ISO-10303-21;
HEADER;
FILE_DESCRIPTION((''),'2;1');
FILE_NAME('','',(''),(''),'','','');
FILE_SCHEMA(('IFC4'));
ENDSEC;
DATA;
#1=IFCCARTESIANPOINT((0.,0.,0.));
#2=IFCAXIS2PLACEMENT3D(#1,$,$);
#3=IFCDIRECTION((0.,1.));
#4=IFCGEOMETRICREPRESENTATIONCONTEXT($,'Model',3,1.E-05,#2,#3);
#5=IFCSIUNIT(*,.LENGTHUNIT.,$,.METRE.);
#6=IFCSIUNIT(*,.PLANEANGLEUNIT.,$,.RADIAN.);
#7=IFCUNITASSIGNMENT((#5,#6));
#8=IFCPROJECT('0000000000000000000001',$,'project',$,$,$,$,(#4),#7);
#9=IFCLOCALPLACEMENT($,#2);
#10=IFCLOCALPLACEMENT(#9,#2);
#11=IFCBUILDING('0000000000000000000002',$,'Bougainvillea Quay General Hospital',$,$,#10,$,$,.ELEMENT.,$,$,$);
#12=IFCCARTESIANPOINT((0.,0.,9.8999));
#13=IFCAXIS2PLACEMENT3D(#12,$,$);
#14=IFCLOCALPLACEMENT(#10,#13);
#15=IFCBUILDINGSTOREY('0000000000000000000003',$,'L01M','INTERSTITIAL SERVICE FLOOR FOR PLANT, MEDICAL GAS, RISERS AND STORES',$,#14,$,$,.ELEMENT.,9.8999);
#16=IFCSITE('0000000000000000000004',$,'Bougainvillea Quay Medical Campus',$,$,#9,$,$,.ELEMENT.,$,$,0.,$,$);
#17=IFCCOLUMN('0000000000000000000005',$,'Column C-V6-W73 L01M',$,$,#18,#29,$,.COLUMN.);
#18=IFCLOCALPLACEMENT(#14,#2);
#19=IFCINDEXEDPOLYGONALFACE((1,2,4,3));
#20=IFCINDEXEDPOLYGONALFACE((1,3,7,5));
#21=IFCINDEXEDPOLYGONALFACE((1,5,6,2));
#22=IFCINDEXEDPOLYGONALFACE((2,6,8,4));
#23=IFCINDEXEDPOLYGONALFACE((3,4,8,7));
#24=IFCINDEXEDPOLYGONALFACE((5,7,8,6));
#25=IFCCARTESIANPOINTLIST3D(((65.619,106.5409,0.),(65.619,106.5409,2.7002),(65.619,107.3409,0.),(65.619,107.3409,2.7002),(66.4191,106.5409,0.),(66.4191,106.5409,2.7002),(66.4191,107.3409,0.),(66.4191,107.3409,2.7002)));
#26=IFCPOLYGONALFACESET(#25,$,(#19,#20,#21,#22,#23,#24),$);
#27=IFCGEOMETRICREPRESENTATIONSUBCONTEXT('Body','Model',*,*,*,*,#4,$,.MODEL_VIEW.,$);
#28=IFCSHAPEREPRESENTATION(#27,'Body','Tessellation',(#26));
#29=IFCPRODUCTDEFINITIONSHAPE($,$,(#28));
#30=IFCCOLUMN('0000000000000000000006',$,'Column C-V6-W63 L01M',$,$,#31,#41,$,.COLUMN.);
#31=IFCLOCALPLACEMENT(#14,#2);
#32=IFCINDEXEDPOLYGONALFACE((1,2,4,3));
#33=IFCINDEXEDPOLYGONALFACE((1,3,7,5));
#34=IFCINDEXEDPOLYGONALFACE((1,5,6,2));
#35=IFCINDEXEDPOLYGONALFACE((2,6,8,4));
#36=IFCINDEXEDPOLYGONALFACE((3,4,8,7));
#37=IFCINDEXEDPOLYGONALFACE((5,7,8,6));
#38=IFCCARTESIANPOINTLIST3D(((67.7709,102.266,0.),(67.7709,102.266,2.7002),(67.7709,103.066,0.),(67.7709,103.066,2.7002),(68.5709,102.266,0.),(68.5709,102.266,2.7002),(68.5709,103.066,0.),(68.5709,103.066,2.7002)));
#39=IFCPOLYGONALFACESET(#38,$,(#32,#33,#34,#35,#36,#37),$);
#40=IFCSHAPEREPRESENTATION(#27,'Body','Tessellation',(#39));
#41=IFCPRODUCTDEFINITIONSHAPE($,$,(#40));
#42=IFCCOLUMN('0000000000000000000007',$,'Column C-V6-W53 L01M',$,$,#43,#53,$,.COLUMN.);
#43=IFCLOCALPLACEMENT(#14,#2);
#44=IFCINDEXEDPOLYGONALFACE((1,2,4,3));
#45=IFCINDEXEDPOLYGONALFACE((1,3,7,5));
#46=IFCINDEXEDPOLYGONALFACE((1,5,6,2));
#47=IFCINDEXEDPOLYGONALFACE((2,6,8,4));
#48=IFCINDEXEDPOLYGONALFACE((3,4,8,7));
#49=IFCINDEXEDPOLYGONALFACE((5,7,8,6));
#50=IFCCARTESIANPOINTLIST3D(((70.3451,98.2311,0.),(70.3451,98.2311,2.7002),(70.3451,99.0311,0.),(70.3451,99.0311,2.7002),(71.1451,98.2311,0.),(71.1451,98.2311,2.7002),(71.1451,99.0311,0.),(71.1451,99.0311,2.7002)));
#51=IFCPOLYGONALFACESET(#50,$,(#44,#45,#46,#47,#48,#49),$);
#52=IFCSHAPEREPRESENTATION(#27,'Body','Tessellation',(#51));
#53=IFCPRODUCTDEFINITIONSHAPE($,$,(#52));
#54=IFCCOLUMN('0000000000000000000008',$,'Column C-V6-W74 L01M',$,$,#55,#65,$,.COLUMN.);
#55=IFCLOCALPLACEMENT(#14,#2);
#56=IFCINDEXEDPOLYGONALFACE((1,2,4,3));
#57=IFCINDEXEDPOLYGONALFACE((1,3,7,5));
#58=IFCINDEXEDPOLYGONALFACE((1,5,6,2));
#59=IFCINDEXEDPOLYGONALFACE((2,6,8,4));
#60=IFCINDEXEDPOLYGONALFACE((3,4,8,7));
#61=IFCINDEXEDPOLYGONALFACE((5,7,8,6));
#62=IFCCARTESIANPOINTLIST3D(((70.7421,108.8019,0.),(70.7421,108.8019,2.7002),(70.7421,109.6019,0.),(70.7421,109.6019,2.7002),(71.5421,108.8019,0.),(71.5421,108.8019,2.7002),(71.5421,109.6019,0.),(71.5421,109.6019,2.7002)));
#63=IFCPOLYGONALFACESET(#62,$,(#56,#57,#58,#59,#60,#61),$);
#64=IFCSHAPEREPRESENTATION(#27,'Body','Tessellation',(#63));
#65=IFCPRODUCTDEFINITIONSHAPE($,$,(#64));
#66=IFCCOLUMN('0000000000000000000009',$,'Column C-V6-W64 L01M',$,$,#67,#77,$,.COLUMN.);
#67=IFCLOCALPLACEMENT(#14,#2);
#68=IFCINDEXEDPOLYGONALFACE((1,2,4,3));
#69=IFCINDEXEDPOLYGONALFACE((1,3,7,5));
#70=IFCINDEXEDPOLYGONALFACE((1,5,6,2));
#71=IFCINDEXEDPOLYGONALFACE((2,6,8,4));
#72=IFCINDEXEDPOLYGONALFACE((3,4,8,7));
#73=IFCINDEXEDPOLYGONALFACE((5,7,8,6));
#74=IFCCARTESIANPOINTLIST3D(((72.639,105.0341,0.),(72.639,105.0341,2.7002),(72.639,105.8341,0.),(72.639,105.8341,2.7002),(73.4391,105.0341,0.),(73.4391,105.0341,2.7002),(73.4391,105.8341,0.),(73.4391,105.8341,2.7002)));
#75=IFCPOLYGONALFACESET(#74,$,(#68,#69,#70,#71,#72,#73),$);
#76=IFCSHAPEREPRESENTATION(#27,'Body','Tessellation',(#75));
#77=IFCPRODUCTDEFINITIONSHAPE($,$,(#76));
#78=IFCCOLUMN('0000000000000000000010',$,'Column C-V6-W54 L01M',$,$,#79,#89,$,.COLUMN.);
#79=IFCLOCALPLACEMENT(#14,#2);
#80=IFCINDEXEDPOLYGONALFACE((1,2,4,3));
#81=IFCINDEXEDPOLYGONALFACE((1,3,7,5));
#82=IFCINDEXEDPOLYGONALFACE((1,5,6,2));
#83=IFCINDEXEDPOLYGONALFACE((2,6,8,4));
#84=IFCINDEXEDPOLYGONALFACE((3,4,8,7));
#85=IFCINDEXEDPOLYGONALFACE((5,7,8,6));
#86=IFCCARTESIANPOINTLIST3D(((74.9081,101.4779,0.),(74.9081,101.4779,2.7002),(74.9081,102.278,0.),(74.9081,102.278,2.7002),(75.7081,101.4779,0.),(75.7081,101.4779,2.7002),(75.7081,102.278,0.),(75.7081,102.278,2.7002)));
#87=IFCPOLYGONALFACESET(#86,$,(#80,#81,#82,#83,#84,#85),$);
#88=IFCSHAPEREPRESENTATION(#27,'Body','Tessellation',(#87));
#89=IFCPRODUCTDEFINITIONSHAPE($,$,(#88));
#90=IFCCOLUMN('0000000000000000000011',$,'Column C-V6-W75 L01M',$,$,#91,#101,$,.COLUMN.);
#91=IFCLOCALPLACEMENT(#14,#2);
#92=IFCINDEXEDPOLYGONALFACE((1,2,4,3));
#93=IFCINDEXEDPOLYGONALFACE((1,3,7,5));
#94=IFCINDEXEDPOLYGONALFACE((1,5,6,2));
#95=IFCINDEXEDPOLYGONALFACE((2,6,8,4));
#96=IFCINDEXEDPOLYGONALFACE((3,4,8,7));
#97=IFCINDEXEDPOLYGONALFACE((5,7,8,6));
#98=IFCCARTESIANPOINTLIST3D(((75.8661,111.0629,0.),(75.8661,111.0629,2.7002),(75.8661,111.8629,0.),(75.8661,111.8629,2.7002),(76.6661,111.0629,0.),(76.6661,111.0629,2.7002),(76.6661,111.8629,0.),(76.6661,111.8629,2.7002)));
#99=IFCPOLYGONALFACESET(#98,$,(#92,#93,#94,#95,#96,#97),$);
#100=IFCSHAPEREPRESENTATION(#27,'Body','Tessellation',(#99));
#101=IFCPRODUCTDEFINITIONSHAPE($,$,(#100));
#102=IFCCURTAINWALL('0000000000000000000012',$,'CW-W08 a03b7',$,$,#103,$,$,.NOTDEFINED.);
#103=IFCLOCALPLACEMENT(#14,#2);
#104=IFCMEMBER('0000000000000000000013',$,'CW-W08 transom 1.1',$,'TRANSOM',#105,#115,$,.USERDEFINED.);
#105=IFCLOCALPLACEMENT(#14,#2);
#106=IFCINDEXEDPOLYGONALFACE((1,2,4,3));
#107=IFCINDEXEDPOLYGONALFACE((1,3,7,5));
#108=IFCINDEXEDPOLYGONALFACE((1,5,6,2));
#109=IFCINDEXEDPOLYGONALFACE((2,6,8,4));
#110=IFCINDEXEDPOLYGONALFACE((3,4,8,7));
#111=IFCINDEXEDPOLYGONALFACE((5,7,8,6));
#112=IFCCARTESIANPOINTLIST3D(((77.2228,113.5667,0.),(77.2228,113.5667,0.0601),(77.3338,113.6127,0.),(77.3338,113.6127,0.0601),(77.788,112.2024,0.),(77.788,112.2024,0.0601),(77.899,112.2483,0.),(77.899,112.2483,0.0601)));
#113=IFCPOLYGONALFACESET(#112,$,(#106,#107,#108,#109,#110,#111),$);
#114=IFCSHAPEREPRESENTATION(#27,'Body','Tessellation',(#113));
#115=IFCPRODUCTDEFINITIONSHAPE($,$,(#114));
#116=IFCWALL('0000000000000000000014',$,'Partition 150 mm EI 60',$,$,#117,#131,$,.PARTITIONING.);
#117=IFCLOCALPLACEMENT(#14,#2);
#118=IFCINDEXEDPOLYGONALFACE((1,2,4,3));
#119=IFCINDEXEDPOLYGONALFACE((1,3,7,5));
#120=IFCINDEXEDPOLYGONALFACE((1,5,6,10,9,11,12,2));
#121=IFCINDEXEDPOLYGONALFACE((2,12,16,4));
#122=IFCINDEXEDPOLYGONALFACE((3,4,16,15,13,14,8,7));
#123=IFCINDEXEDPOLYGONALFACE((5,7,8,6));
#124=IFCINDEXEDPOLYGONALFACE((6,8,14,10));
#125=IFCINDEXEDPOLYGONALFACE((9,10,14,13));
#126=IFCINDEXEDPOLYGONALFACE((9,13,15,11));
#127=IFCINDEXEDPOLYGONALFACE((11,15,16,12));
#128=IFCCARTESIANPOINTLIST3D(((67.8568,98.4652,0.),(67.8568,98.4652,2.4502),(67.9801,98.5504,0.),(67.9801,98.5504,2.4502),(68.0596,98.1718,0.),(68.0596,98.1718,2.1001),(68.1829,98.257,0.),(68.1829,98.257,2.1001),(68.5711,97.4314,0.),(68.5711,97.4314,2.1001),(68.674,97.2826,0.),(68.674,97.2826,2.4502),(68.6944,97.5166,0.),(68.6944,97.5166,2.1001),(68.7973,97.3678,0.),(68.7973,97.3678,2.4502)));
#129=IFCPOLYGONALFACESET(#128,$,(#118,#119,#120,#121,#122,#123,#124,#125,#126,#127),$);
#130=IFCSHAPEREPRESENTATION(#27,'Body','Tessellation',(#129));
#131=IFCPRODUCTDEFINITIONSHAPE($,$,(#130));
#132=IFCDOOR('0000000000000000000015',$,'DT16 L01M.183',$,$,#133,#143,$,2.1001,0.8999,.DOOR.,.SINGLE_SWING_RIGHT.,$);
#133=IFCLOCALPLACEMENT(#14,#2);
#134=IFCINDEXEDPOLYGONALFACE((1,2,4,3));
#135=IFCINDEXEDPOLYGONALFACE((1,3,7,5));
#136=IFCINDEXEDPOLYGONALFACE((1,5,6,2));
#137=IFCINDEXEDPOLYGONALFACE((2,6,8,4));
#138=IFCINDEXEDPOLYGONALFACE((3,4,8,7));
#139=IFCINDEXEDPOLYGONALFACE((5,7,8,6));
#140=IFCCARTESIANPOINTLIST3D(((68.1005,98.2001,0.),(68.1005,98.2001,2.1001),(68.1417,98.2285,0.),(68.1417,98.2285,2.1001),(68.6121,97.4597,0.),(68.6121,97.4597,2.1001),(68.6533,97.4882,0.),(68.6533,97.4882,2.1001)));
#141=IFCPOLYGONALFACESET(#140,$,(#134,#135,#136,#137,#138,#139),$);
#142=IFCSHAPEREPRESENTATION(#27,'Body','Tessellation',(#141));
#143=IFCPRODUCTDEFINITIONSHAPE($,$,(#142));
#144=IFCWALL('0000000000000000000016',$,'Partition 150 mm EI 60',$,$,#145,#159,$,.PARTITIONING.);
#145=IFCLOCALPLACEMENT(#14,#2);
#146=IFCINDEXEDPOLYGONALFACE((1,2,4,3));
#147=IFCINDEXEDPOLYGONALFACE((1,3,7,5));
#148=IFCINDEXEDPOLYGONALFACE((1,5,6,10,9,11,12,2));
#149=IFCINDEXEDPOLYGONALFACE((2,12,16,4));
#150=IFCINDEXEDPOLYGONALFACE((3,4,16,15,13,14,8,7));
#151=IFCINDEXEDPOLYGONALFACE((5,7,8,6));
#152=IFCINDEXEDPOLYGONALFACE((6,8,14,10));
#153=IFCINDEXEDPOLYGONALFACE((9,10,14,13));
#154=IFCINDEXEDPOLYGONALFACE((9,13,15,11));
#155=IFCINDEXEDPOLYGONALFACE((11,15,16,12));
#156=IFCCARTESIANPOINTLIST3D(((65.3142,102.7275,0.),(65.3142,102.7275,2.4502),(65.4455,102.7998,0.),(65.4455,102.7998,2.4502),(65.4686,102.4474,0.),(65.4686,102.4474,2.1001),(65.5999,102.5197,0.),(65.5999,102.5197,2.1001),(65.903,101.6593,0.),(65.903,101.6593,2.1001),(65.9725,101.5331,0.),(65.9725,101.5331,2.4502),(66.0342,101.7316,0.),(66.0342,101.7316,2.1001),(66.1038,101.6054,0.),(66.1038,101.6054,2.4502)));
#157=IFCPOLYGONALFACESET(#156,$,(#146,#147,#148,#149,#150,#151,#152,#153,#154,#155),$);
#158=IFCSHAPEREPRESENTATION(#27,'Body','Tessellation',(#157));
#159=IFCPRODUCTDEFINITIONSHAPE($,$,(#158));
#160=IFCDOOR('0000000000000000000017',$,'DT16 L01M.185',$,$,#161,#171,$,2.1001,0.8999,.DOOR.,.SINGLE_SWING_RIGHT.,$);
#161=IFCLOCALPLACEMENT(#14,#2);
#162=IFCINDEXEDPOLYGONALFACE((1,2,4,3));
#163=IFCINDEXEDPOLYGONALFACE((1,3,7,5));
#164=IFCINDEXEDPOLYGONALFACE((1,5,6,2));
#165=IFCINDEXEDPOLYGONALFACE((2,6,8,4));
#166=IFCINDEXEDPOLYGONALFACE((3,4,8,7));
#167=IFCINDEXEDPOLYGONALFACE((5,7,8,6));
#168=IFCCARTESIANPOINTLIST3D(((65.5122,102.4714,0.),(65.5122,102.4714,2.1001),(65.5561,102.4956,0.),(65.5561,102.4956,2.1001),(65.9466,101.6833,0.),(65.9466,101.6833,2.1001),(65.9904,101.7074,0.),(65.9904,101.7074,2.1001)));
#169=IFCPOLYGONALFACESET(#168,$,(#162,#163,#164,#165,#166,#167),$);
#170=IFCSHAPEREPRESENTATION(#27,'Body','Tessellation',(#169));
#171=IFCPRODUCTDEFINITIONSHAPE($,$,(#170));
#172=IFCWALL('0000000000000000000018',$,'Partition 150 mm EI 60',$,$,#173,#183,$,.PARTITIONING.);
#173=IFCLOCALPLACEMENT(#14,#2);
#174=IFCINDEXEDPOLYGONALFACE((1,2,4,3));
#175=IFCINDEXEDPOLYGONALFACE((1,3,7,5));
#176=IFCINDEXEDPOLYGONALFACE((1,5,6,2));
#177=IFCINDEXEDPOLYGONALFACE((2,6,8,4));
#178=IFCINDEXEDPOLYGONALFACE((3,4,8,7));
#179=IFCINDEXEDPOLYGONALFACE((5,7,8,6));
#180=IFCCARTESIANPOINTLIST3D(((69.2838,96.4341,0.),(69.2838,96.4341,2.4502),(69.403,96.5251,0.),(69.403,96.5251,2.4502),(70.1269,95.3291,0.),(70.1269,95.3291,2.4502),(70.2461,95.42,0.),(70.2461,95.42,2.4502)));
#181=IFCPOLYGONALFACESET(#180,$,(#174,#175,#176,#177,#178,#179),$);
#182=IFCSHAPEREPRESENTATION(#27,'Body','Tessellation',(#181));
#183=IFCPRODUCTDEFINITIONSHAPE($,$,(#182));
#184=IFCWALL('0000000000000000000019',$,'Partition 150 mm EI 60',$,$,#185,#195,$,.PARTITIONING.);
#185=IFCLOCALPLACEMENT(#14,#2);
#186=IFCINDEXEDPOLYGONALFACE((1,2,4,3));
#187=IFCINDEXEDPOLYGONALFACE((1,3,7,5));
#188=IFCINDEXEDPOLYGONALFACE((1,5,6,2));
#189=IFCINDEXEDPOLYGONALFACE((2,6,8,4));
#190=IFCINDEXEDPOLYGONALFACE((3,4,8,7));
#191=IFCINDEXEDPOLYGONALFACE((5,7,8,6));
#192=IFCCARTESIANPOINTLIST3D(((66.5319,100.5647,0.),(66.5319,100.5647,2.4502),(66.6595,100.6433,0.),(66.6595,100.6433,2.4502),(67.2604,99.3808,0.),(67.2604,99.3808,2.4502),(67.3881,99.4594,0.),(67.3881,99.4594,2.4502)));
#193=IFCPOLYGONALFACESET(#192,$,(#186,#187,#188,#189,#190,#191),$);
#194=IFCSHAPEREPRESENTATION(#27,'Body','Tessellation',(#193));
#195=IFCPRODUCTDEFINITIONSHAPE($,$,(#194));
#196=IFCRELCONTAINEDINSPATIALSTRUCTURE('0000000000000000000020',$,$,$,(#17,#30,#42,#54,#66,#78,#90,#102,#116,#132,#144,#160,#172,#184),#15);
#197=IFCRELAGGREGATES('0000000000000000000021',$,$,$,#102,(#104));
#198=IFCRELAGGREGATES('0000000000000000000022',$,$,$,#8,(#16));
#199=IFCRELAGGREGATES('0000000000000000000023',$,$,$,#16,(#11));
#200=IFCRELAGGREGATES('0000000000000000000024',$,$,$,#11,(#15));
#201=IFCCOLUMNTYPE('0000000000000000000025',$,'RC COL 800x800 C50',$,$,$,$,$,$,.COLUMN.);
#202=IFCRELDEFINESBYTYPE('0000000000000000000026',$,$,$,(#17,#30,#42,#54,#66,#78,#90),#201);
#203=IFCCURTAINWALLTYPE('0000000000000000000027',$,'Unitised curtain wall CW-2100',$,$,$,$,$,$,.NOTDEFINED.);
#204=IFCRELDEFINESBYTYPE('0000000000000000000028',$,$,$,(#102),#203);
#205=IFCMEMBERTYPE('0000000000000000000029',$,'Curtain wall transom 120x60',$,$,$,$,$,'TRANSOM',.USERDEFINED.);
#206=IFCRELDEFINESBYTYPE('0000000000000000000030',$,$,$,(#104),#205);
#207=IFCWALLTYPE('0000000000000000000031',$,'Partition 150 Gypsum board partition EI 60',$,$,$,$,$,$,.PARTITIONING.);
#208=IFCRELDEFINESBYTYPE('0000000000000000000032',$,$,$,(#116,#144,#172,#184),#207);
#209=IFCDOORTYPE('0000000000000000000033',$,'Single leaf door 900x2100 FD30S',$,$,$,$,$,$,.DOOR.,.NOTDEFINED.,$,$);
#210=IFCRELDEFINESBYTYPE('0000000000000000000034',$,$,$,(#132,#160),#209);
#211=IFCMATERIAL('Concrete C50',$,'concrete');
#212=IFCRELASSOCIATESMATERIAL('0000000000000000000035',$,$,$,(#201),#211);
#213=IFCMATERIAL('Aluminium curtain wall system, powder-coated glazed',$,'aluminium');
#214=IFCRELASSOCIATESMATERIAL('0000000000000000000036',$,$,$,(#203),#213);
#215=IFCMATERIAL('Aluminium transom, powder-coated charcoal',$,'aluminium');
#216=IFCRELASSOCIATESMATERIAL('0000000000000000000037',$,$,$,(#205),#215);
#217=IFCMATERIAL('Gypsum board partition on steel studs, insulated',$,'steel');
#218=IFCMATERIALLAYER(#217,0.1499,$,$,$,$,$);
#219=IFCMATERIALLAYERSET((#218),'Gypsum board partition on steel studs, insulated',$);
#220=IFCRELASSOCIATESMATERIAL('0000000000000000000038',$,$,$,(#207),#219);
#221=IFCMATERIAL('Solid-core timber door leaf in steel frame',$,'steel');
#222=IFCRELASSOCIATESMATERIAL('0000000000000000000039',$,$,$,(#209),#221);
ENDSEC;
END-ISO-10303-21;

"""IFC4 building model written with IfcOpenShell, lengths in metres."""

from ifc_helpers import new_model, si_unit, direction, frame, frame_2d, origin, origin_2d, place, context, subcontext, project, spatial, rectangle, extrude, material, layer, layer_set, material_profile, profile_set, type_object, element, fill, aggregate, save


model = new_model("IFC4")

# Units and contexts
model_context = context("Model", 3, precision=1e-05, world=origin(), true_north=direction((0.0, 1.0)))
body_context = subcontext(model_context, "Body", "Model", "MODEL_VIEW")
ifc_project = project(units=[si_unit("LENGTHUNIT", "METRE"), si_unit("PLANEANGLEUNIT", "RADIAN")], contexts=[model_context])

# Site, building, storey
site_placement = place(None, origin())
site = spatial("IfcSite", under=ifc_project, at=site_placement, Name="Bougainvillea Quay Medical Campus", CompositionType="ELEMENT", RefElevation=0.0)
building_placement = place(site_placement, origin())
building = spatial("IfcBuilding", under=site, at=building_placement, Name="Bougainvillea Quay General Hospital", CompositionType="ELEMENT")
storey_placement = place(building_placement, frame((0.0, 0.0, 9.8999)))
storey = spatial("IfcBuildingStorey", under=building, at=storey_placement, Name="L01M", Description="INTERSTITIAL SERVICE FLOOR FOR PLANT, MEDICAL GAS, RISERS AND STORES", CompositionType="ELEMENT", Elevation=9.8999)

# Columns
ifc_material_1 = material(Name="Concrete C50", Category="concrete")
ifc_material_profile_1 = material_profile(ifc_material_1, rectangle(XDim=0.8, YDim=0.8, at=origin_2d()))
ifc_profile_set_1 = profile_set([ifc_material_profile_1], Name="Concrete C50")
column_type = type_object("IfcColumnType", Name="RC COL 800x800 C50", PredefinedType="COLUMN", material=ifc_profile_set_1)
for number, where, z_axis, x_axis, name in (
    (1, (66.019, 106.9409, 0.0), (0.0, 0.0, 1.0), (1.0, 0.0, 0.0), "Column C-V6-W73 L01M"),
    (2, (68.1709, 102.666, 0.0), (0.0, 0.0, 1.0), (1.0, 0.0, 0.0), "Column C-V6-W63 L01M"),
    (3, (70.7451, 98.6311, 0.0), (0.0, 0.0, 1.0), (1.0, 0.0, 0.0), "Column C-V6-W53 L01M"),
    (4, (71.1421, 109.2019, 0.0), (0.0, 0.0, 1.0), (1.0, 0.0, 0.0), "Column C-V6-W74 L01M"),
    (5, (73.0391, 105.4341, 0.0), (0.0, 0.0, 1.0), (1.0, 0.0, 0.0), "Column C-V6-W64 L01M"),
    (6, (75.3081, 101.8779, 0.0), (0.0, 0.0, 1.0), (1.0, 0.0, 0.0), "Column C-V6-W54 L01M"),
    (7, (76.2661, 111.4629, 0.0), (0.0, 0.0, 1.0), (1.0, 0.0, 0.0), "Column C-V6-W75 L01M"),
):
    element("IfcColumn", number, at=place(storey_placement, frame(where, z_axis=z_axis, x_axis=x_axis)), inside=storey, type_object=column_type, Name=name, PredefinedType="COLUMN", context=body_context, shape_type="SweptSolid", body=[
        extrude(rectangle(XDim=0.8, YDim=0.8, at=origin_2d()), origin(), (0.0, 0.0, 1.0), 2.7002),
    ])

# Curtain wall, member
ifc_material_2 = material(Name="Aluminium curtain wall system, powder-coated glazed", Category="aluminium")
curtain_wall_type = type_object("IfcCurtainWallType", Name="Unitised curtain wall CW-2100", PredefinedType="NOTDEFINED", material=ifc_material_2)
curtain_wall_placement = place(storey_placement, origin())
curtain_wall = element("IfcCurtainWall", 8, at=curtain_wall_placement, inside=storey, type_object=curtain_wall_type, Name="CW-W08 a03b7", PredefinedType="NOTDEFINED")
ifc_material_3 = material(Name="Aluminium transom, powder-coated charcoal", Category="aluminium")
ifc_material_profile_2 = material_profile(ifc_material_3, rectangle(XDim=0.1201, YDim=0.0601, at=origin_2d()))
ifc_profile_set_2 = profile_set([ifc_material_profile_2], Name="Aluminium transom, powder-coated charcoal")
member_type = type_object("IfcMemberType", Name="Curtain wall transom 120x60", ElementType="TRANSOM", PredefinedType="USERDEFINED", material=ifc_profile_set_2)
member_placement = place(storey_placement, frame((77.8435, 112.2253, 0.03), z_axis=(-0.382736, 0.923858, 0.0), x_axis=(-0.923858, -0.382736, 0.0)))
member = element("IfcMember", 9, at=member_placement, type_object=member_type, Name="CW-W08 transom 1.1", ObjectType="TRANSOM", PredefinedType="USERDEFINED", context=body_context, shape_type="SweptSolid", body=[
    extrude(rectangle(XDim=0.1201, YDim=0.0601, at=origin_2d()), origin(), (0.0, 0.0, 1.0), 1.4768),
])
aggregate(curtain_wall, [member])

# Walls, openings, doors
ifc_material_4 = material(Name="Gypsum board partition on steel studs, insulated", Category="steel")
ifc_layer_1 = layer(ifc_material_4, 0.1499)
ifc_layer_set_1 = layer_set([ifc_layer_1], Name="Gypsum board partition on steel studs, insulated")
wall_type_1 = type_object("IfcWallType", Name="Partition 150 Gypsum board partition EI 60", PredefinedType="PARTITIONING", material=ifc_layer_set_1)
wall_1_placement = place(storey_placement, frame((67.9185, 98.5078, 0.0), z_axis=(0.0, 0.0, 1.0), x_axis=(0.568459, -0.822712, 0.0)))
wall_1 = element("IfcWall", 10, at=wall_1_placement, inside=storey, type_object=wall_type_1, Name="Partition 150 mm EI 60", PredefinedType="PARTITIONING", context=body_context, shape_type="SweptSolid", body=[
    extrude(rectangle(XDim=1.4375, YDim=0.1499, at=frame_2d((0.7188, 0.0))), origin(), (0.0, 0.0, 1.0), 2.4502),
])
opening_1_placement = place(wall_1_placement, frame((0.3567, 0.0, 0.0)))
opening_1 = element("IfcOpeningElement", 11, at=opening_1_placement, cuts=wall_1, PredefinedType="OPENING", context=body_context, shape_type="SweptSolid", body=[
    extrude(rectangle(XDim=0.8999, YDim=2.1001, at=frame_2d((0.45, 1.05))), frame((0.0, 0.085, 0.0), z_axis=(0.0, -1.0, 0.0), x_axis=(1.0, 0.0, 0.0)), (0.0, 0.0, 1.0), 0.1699),
])
ifc_material_5 = material(Name="Solid-core timber door leaf in steel frame", Category="steel")
door_type = type_object("IfcDoorType", Name="Single leaf door 900x2100 FD30S", OperationType="NOTDEFINED", PredefinedType="DOOR", material=ifc_material_5)
door_1_placement = place(opening_1_placement, origin())
door_1 = element("IfcDoor", 12, at=door_1_placement, inside=storey, type_object=door_type, Name="DT16 L01M.183", OperationType="SINGLE_SWING_RIGHT", OverallHeight=2.1001, OverallWidth=0.8999, PredefinedType="DOOR", context=body_context, shape_type="SweptSolid", body=[
    extrude(rectangle(XDim=0.8999, YDim=2.1001, at=frame_2d((0.45, 1.05))), frame((0.0, 0.0249, 0.0), z_axis=(0.0, -1.0, 0.0), x_axis=(1.0, 0.0, 0.0)), (0.0, 0.0, 1.0), 0.05),
])
fill(opening_1, door_1)
wall_2_placement = place(storey_placement, frame((65.3799, 102.7637, 0.0), z_axis=(0.0, 0.0, 1.0), x_axis=(0.482661, -0.875807, 0.0)))
wall_2 = element("IfcWall", 13, at=wall_2_placement, inside=storey, type_object=wall_type_1, Name="Partition 150 mm EI 60", PredefinedType="PARTITIONING", context=body_context, shape_type="SweptSolid", body=[
    extrude(rectangle(XDim=1.3638, YDim=0.1499, at=frame_2d((0.6819, 0.0))), origin(), (0.0, 0.0, 1.0), 2.4502),
])
opening_2_placement = place(wall_2_placement, frame((0.3198, 0.0, 0.0)))
opening_2 = element("IfcOpeningElement", 14, at=opening_2_placement, cuts=wall_2, PredefinedType="OPENING", context=body_context, shape_type="SweptSolid", body=[
    extrude(rectangle(XDim=0.8999, YDim=2.1001, at=frame_2d((0.45, 1.05))), frame((0.0, 0.085, 0.0), z_axis=(0.0, -1.0, 0.0), x_axis=(1.0, 0.0, 0.0)), (0.0, 0.0, 1.0), 0.1699),
])
door_2_placement = place(opening_2_placement, origin())
door_2 = element("IfcDoor", 15, at=door_2_placement, inside=storey, type_object=door_type, Name="DT16 L01M.185", OperationType="SINGLE_SWING_RIGHT", OverallHeight=2.1001, OverallWidth=0.8999, PredefinedType="DOOR", context=body_context, shape_type="SweptSolid", body=[
    extrude(rectangle(XDim=0.8999, YDim=2.1001, at=frame_2d((0.45, 1.05))), frame((0.0, 0.0249, 0.0), z_axis=(0.0, -1.0, 0.0), x_axis=(1.0, 0.0, 0.0)), (0.0, 0.0, 1.0), 0.05),
])
fill(opening_2, door_2)

# Walls
wall_3_placement = place(storey_placement, frame((69.3435, 96.4795, 0.0), z_axis=(0.0, 0.0, 1.0), x_axis=(0.606556, -0.79504, 0.0)))
element("IfcWall", 16, at=wall_3_placement, inside=storey, type_object=wall_type_1, Name="Partition 150 mm EI 60", PredefinedType="PARTITIONING", context=body_context, shape_type="SweptSolid", body=[
    extrude(rectangle(XDim=1.3899, YDim=0.1499, at=frame_2d((0.6948, 0.0))), origin(), (0.0, 0.0, 1.0), 2.4502),
])
wall_4_placement = place(storey_placement, frame((66.5957, 100.604, 0.0), z_axis=(0.0, 0.0, 1.0), x_axis=(0.524097, -0.851658, 0.0)))
element("IfcWall", 17, at=wall_4_placement, inside=storey, type_object=wall_type_1, Name="Partition 150 mm EI 60", PredefinedType="PARTITIONING", context=body_context, shape_type="SweptSolid", body=[
    extrude(rectangle(XDim=1.3901, YDim=0.1499, at=frame_2d((0.6951, 0.0))), origin(), (0.0, 0.0, 1.0), 2.4502),
])

save(model, "model.ifc")
